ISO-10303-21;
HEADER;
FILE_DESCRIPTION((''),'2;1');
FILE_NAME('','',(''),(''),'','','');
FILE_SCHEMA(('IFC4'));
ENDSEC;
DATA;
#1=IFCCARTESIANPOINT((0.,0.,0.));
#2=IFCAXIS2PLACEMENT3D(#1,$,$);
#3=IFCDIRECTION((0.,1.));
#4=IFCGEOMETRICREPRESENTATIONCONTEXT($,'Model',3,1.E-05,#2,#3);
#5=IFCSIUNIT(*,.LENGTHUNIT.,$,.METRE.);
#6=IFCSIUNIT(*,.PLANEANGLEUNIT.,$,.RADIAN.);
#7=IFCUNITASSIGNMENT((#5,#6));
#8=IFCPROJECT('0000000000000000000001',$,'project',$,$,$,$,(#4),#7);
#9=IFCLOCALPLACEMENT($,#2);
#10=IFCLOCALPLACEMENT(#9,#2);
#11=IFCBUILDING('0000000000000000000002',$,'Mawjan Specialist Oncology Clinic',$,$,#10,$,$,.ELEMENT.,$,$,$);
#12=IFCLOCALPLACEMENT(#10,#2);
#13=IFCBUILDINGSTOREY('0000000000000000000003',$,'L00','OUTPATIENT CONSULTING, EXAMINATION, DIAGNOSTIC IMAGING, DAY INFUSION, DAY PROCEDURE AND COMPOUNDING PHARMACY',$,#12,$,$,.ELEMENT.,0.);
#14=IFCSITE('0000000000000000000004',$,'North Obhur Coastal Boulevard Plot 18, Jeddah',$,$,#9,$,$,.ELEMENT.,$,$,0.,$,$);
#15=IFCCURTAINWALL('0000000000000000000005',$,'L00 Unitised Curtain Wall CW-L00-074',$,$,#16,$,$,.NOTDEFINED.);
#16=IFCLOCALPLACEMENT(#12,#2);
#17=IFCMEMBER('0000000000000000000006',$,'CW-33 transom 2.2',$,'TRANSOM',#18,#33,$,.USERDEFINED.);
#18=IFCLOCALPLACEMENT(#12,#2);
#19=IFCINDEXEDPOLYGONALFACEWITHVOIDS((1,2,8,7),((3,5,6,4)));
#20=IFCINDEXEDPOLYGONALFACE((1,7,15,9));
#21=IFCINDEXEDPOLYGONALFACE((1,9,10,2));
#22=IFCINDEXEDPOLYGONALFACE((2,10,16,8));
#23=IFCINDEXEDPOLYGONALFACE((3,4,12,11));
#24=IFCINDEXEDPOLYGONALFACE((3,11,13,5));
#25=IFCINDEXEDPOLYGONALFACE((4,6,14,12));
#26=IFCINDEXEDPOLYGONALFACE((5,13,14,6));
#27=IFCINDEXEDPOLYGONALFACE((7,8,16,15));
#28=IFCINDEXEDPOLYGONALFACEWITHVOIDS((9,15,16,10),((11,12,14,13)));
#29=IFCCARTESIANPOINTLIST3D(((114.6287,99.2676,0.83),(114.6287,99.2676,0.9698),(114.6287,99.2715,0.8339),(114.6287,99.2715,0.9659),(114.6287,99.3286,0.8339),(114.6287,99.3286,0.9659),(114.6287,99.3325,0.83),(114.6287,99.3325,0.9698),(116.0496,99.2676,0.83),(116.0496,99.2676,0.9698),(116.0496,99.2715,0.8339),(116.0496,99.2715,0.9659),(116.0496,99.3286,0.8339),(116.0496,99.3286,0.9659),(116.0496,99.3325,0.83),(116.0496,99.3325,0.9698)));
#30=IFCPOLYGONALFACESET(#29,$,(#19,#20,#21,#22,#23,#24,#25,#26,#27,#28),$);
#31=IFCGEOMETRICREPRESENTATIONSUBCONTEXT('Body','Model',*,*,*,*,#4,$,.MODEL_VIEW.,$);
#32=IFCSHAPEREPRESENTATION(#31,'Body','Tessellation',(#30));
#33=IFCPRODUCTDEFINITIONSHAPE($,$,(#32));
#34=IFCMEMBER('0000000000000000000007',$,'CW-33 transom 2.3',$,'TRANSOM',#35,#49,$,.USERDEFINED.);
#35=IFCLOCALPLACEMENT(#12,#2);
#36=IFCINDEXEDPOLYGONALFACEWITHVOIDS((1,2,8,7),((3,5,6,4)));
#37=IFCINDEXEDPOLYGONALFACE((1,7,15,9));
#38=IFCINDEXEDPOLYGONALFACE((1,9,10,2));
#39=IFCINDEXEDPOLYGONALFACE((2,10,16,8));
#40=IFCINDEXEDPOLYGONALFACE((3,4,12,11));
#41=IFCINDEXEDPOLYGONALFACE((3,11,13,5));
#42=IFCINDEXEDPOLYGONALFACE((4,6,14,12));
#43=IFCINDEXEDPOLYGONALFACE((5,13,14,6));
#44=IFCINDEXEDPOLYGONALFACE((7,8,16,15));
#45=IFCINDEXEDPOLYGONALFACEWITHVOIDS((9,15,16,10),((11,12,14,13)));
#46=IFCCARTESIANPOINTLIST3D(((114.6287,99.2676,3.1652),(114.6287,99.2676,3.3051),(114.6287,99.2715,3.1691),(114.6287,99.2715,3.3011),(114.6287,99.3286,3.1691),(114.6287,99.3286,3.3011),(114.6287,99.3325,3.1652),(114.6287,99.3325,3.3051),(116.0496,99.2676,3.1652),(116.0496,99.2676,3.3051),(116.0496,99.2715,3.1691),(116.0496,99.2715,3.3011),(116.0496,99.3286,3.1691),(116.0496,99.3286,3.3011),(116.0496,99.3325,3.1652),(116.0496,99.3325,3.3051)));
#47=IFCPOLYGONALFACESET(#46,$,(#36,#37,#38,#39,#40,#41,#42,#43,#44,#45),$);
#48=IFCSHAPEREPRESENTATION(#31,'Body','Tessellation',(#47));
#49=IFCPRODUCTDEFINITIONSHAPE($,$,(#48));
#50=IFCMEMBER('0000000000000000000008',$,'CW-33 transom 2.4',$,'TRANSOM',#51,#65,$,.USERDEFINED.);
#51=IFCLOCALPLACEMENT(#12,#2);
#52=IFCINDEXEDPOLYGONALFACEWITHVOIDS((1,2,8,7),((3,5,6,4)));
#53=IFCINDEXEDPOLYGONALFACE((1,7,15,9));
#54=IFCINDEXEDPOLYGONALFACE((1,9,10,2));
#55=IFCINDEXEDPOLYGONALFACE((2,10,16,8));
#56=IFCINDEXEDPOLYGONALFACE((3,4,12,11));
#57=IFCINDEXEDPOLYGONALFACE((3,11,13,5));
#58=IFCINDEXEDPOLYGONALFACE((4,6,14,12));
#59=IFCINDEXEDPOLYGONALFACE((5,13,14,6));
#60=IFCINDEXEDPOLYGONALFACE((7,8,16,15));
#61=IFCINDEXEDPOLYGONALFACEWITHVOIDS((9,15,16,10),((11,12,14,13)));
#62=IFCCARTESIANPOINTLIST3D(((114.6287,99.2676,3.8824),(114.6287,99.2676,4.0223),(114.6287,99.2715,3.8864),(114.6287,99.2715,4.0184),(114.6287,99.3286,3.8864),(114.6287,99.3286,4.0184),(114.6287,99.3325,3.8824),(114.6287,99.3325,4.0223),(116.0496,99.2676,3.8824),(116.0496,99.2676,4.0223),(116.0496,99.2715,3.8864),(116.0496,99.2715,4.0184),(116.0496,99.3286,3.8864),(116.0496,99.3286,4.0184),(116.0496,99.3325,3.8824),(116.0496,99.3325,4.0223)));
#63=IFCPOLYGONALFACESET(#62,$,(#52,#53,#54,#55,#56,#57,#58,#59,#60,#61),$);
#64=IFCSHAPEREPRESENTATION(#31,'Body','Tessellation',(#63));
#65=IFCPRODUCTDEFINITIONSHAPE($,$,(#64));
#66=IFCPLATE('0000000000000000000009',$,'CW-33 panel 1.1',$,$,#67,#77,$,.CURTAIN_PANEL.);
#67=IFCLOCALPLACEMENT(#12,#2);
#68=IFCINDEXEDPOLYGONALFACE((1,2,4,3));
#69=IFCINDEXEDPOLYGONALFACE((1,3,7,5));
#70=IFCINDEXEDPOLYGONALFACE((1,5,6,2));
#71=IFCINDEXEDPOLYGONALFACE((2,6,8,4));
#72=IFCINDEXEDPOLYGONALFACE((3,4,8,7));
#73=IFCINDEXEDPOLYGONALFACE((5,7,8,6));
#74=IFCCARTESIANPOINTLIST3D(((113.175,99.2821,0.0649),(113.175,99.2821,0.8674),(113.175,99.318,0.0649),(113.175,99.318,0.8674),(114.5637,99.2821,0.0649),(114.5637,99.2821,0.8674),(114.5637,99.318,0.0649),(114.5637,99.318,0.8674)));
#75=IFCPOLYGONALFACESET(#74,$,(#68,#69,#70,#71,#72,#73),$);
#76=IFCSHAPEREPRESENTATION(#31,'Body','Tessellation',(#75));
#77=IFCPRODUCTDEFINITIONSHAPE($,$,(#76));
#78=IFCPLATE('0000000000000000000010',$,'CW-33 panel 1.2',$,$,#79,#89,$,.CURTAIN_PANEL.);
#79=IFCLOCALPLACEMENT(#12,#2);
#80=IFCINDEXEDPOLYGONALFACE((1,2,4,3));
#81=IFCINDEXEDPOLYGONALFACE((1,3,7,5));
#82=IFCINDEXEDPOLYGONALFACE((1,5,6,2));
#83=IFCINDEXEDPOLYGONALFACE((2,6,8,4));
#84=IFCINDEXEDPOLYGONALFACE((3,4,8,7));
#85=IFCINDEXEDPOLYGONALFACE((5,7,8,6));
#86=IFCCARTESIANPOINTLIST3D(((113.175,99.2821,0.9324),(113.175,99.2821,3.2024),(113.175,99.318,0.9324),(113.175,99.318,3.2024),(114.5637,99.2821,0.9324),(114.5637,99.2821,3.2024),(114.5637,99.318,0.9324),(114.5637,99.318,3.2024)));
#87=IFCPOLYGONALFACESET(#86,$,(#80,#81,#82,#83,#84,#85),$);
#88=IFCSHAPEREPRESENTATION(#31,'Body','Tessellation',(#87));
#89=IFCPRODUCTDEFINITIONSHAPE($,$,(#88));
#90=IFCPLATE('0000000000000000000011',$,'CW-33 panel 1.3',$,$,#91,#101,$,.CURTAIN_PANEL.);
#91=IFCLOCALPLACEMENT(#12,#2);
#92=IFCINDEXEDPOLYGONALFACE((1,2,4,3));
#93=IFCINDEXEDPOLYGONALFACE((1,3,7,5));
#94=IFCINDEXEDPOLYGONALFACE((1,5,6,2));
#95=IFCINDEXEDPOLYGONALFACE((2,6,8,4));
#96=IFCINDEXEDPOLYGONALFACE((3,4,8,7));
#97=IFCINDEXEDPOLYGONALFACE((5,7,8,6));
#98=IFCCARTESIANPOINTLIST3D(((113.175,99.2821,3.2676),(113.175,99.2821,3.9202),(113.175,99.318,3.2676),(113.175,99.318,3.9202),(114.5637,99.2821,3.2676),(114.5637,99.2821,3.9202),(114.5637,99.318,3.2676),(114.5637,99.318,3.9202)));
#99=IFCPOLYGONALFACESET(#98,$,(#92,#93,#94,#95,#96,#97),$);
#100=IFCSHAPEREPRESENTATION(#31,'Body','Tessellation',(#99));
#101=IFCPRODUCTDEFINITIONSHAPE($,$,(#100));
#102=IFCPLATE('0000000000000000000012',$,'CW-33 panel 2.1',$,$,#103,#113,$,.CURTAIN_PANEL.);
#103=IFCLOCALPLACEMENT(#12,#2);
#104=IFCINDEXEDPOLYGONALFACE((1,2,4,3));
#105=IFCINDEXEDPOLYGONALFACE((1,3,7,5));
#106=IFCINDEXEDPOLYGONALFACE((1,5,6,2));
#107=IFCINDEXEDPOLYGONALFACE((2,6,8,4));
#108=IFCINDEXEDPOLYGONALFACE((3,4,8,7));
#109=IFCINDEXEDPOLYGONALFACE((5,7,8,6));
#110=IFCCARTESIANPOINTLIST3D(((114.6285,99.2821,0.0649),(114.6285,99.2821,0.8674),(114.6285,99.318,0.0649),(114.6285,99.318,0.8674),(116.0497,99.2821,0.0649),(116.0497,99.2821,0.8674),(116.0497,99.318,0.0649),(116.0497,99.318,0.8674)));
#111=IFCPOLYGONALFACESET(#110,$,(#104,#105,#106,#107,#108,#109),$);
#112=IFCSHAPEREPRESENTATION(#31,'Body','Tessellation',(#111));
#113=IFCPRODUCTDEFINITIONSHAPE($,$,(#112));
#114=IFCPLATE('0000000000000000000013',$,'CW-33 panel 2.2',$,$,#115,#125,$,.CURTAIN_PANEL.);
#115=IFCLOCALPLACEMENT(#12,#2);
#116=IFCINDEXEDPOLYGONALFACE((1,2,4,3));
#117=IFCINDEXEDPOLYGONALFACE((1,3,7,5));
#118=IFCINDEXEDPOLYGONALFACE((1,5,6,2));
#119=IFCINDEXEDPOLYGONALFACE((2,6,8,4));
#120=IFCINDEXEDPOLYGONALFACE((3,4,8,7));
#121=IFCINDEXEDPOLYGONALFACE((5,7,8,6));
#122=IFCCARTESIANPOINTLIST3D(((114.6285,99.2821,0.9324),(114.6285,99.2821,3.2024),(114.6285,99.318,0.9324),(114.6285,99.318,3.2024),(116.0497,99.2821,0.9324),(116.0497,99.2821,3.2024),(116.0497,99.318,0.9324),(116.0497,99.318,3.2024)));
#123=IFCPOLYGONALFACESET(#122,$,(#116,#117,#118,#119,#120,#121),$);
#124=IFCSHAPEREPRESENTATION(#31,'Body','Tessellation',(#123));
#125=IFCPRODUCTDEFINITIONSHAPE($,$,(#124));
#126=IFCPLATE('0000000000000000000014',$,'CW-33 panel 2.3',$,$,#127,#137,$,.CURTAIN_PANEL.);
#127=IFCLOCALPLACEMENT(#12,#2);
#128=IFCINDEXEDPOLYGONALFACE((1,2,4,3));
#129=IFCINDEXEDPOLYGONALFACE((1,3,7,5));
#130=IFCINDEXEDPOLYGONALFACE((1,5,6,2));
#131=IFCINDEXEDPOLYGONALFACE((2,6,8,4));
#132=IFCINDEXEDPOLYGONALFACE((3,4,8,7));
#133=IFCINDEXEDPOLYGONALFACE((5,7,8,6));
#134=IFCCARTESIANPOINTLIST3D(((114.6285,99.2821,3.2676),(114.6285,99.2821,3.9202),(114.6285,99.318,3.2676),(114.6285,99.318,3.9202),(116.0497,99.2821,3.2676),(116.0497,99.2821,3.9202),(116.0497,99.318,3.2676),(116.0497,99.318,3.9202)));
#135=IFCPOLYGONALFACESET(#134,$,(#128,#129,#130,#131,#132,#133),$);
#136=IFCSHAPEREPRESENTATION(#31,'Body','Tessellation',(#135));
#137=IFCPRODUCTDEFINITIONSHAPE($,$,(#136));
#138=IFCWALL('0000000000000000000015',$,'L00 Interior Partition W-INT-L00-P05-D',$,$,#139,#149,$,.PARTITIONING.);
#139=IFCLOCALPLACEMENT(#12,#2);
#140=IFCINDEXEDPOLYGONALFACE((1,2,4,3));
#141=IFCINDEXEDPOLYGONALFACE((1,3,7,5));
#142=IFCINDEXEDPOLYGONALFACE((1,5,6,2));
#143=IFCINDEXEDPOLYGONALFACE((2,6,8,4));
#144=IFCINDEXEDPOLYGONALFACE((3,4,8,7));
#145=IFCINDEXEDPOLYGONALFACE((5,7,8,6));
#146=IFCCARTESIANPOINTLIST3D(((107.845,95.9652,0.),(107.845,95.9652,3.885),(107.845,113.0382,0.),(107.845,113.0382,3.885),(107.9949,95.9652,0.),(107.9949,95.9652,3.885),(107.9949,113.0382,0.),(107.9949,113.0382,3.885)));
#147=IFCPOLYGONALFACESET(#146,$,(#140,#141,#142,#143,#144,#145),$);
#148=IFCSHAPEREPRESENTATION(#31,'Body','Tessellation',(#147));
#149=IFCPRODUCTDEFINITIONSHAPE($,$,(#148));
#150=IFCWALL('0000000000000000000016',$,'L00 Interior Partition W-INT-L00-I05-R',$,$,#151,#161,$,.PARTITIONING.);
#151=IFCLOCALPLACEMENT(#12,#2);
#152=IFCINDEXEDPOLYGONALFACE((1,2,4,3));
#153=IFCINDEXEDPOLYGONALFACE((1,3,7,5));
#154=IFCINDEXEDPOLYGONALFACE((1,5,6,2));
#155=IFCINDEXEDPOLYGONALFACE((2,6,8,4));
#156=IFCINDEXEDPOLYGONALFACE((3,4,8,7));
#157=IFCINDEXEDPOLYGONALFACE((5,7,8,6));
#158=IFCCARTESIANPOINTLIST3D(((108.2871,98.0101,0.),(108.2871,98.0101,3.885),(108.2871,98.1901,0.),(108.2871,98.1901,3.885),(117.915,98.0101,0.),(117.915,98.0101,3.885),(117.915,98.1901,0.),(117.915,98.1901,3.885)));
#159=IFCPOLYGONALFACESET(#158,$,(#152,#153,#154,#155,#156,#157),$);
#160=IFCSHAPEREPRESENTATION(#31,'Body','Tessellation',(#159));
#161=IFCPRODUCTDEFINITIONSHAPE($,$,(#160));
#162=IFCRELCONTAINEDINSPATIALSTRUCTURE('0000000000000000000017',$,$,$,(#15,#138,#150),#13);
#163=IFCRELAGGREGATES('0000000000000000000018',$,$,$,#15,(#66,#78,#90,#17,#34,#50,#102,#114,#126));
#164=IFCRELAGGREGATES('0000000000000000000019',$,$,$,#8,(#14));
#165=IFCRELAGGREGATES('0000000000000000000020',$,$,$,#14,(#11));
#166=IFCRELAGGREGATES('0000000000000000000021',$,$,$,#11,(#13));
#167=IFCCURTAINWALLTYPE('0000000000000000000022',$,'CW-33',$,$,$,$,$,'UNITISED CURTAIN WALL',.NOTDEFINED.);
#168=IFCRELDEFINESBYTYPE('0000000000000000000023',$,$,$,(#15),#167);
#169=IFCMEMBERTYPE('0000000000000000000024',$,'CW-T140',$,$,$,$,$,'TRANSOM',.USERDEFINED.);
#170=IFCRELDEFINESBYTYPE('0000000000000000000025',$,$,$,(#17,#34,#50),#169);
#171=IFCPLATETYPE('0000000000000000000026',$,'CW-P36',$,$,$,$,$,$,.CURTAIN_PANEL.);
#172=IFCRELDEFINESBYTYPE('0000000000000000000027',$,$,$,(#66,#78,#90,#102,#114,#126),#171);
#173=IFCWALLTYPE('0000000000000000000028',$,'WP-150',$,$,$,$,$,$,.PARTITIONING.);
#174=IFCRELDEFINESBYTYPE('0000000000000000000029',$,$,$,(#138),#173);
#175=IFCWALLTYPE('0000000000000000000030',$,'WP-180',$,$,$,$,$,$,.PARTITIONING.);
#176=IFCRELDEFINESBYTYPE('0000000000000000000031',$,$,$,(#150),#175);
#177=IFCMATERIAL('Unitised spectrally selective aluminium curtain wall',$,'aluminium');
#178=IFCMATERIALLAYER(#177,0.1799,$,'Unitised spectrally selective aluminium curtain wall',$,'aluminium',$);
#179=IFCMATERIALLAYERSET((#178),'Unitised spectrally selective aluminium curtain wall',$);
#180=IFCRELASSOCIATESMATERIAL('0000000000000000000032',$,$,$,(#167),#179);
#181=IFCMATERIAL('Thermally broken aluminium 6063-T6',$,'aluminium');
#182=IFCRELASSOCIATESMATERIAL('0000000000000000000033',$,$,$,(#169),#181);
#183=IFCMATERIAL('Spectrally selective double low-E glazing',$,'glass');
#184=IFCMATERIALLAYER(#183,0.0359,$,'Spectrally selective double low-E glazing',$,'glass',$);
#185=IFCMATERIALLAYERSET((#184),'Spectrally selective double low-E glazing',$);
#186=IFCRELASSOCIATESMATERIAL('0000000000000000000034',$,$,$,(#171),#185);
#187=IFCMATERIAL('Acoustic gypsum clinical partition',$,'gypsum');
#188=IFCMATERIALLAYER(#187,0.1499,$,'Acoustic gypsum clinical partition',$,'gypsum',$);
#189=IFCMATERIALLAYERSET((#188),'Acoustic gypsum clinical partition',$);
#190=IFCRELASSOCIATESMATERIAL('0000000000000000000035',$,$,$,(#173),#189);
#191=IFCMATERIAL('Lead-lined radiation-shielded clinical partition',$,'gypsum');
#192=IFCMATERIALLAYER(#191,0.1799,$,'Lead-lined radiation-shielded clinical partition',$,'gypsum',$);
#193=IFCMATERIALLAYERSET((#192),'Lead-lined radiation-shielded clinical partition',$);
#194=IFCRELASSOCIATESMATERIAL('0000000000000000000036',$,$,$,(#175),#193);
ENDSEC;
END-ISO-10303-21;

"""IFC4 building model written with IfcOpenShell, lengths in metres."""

from ifc_helpers import new_model, si_unit, direction, frame, frame_2d, origin, origin_2d, place, context, subcontext, project, spatial, rectangle, hollow_rectangle, extrude, material, layer, layer_set, material_profile, profile_set, type_object, element, aggregate, save


model = new_model("IFC4")

# Units and contexts
model_context = context("Model", 3, precision=1e-05, world=origin(), true_north=direction((0.0, 1.0)))
body_context = subcontext(model_context, "Body", "Model", "MODEL_VIEW")
ifc_project = project(units=[si_unit("LENGTHUNIT", "METRE"), si_unit("PLANEANGLEUNIT", "RADIAN")], contexts=[model_context])

# Site, building, storey
site_placement = place(None, origin())
site = spatial("IfcSite", under=ifc_project, at=site_placement, Name="North Obhur Coastal Boulevard Plot 18, Jeddah", CompositionType="ELEMENT", RefElevation=0.0)
building_placement = place(site_placement, origin())
building = spatial("IfcBuilding", under=site, at=building_placement, Name="Mawjan Specialist Oncology Clinic", CompositionType="ELEMENT")
storey_placement = place(building_placement, origin())
storey = spatial("IfcBuildingStorey", under=building, at=storey_placement, Name="L00", Description="OUTPATIENT CONSULTING, EXAMINATION, DIAGNOSTIC IMAGING, DAY INFUSION, DAY PROCEDURE AND COMPOUNDING PHARMACY", CompositionType="ELEMENT", Elevation=0.0)

# Curtain wall, members, plates
ifc_material_1 = material(Name="Unitised spectrally selective aluminium curtain wall", Category="aluminium")
ifc_layer_1 = layer(ifc_material_1, 0.1799, Name="Unitised spectrally selective aluminium curtain wall", Category="aluminium")
ifc_layer_set_1 = layer_set([ifc_layer_1], Name="Unitised spectrally selective aluminium curtain wall")
curtain_wall_type = type_object("IfcCurtainWallType", Name="CW-33", ElementType="UNITISED CURTAIN WALL", PredefinedType="NOTDEFINED", material=ifc_layer_set_1)
curtain_wall_placement = place(storey_placement, origin())
curtain_wall = element("IfcCurtainWall", 1, at=curtain_wall_placement, inside=storey, type_object=curtain_wall_type, Name="L00 Unitised Curtain Wall CW-L00-074", PredefinedType="NOTDEFINED")
ifc_material_2 = material(Name="Thermally broken aluminium 6063-T6", Category="aluminium")
ifc_material_profile_1 = material_profile(ifc_material_2, hollow_rectangle(XDim=0.0649, YDim=0.1399, WallThickness=0.0039, at=origin_2d()), Name="ALU TRANSOM 140x65x4", Category="aluminium")
ifc_profile_set_1 = profile_set([ifc_material_profile_1], Name="Thermally broken aluminium 6063-T6")
member_type_1 = type_object("IfcMemberType", Name="CW-T140", ElementType="TRANSOM", PredefinedType="USERDEFINED", material=ifc_profile_set_1)
member_1_placement = place(storey_placement, frame((114.6287, 99.3, 0.8999), z_axis=(1.0, 0.0, 0.0), x_axis=(0.0, 1.0, 0.0)))
member_1 = element("IfcMember", 2, at=member_1_placement, type_object=member_type_1, Name="CW-33 transom 2.2", ObjectType="TRANSOM", PredefinedType="USERDEFINED", context=body_context, shape_type="SweptSolid", body=[
    extrude(hollow_rectangle(XDim=0.0649, YDim=0.1399, WallThickness=0.0039, at=origin_2d()), origin(), (0.0, 0.0, 1.0), 1.4209),
])
member_2_placement = place(storey_placement, frame((114.6287, 99.3, 3.2351), z_axis=(1.0, 0.0, 0.0), x_axis=(0.0, 1.0, 0.0)))
member_2 = element("IfcMember", 3, at=member_2_placement, type_object=member_type_1, Name="CW-33 transom 2.3", ObjectType="TRANSOM", PredefinedType="USERDEFINED", context=body_context, shape_type="SweptSolid", body=[
    extrude(hollow_rectangle(XDim=0.0649, YDim=0.1399, WallThickness=0.0039, at=origin_2d()), origin(), (0.0, 0.0, 1.0), 1.4209),
])
member_3_placement = place(storey_placement, frame((114.6287, 99.3, 3.9524), z_axis=(1.0, 0.0, 0.0), x_axis=(0.0, 1.0, 0.0)))
member_3 = element("IfcMember", 4, at=member_3_placement, type_object=member_type_1, Name="CW-33 transom 2.4", ObjectType="TRANSOM", PredefinedType="USERDEFINED", context=body_context, shape_type="SweptSolid", body=[
    extrude(hollow_rectangle(XDim=0.0649, YDim=0.1399, WallThickness=0.0039, at=origin_2d()), origin(), (0.0, 0.0, 1.0), 1.4209),
])
ifc_material_3 = material(Name="Spectrally selective double low-E glazing", Category="glass")
ifc_layer_2 = layer(ifc_material_3, 0.0359, Name="Spectrally selective double low-E glazing", Category="glass")
ifc_layer_set_2 = layer_set([ifc_layer_2], Name="Spectrally selective double low-E glazing")
plate_type = type_object("IfcPlateType", Name="CW-P36", PredefinedType="CURTAIN_PANEL", material=ifc_layer_set_2)
plate_1_placement = place(storey_placement, frame((113.8694, 99.3, 0.0649), z_axis=(0.0, 0.0, 1.0), x_axis=(1.0, 0.0, 0.0)))
plate_1 = element("IfcPlate", 5, at=plate_1_placement, type_object=plate_type, Name="CW-33 panel 1.1", PredefinedType="CURTAIN_PANEL", context=body_context, shape_type="SweptSolid", body=[
    extrude(rectangle(XDim=1.3887, YDim=0.0359, at=origin_2d()), origin(), (0.0, 0.0, 1.0), 0.8025),
])
plate_2_placement = place(storey_placement, frame((113.8694, 99.3, 0.9324), z_axis=(0.0, 0.0, 1.0), x_axis=(1.0, 0.0, 0.0)))
plate_2 = element("IfcPlate", 6, at=plate_2_placement, type_object=plate_type, Name="CW-33 panel 1.2", PredefinedType="CURTAIN_PANEL", context=body_context, shape_type="SweptSolid", body=[
    extrude(rectangle(XDim=1.3887, YDim=0.0359, at=origin_2d()), origin(), (0.0, 0.0, 1.0), 2.27),
])
plate_3_placement = place(storey_placement, frame((113.8694, 99.3, 3.2676), z_axis=(0.0, 0.0, 1.0), x_axis=(1.0, 0.0, 0.0)))
plate_3 = element("IfcPlate", 7, at=plate_3_placement, type_object=plate_type, Name="CW-33 panel 1.3", PredefinedType="CURTAIN_PANEL", context=body_context, shape_type="SweptSolid", body=[
    extrude(rectangle(XDim=1.3887, YDim=0.0359, at=origin_2d()), origin(), (0.0, 0.0, 1.0), 0.6526),
])
plate_4_placement = place(storey_placement, frame((115.3391, 99.3, 0.0649), z_axis=(0.0, 0.0, 1.0), x_axis=(1.0, 0.0, 0.0)))
plate_4 = element("IfcPlate", 8, at=plate_4_placement, type_object=plate_type, Name="CW-33 panel 2.1", PredefinedType="CURTAIN_PANEL", context=body_context, shape_type="SweptSolid", body=[
    extrude(rectangle(XDim=1.4211, YDim=0.0359, at=origin_2d()), origin(), (0.0, 0.0, 1.0), 0.8025),
])
plate_5_placement = place(storey_placement, frame((115.3391, 99.3, 0.9324), z_axis=(0.0, 0.0, 1.0), x_axis=(1.0, 0.0, 0.0)))
plate_5 = element("IfcPlate", 9, at=plate_5_placement, type_object=plate_type, Name="CW-33 panel 2.2", PredefinedType="CURTAIN_PANEL", context=body_context, shape_type="SweptSolid", body=[
    extrude(rectangle(XDim=1.4211, YDim=0.0359, at=origin_2d()), origin(), (0.0, 0.0, 1.0), 2.27),
])
plate_6_placement = place(storey_placement, frame((115.3391, 99.3, 3.2676), z_axis=(0.0, 0.0, 1.0), x_axis=(1.0, 0.0, 0.0)))
plate_6 = element("IfcPlate", 10, at=plate_6_placement, type_object=plate_type, Name="CW-33 panel 2.3", PredefinedType="CURTAIN_PANEL", context=body_context, shape_type="SweptSolid", body=[
    extrude(rectangle(XDim=1.4211, YDim=0.0359, at=origin_2d()), origin(), (0.0, 0.0, 1.0), 0.6526),
])
aggregate(curtain_wall, [plate_1, plate_2, plate_3, member_1, member_2, member_3, plate_4, plate_5, plate_6])

# Walls
ifc_material_4 = material(Name="Acoustic gypsum clinical partition", Category="gypsum")
ifc_layer_3 = layer(ifc_material_4, 0.1499, Name="Acoustic gypsum clinical partition", Category="gypsum")
ifc_layer_set_3 = layer_set([ifc_layer_3], Name="Acoustic gypsum clinical partition")
wall_type_1 = type_object("IfcWallType", Name="WP-150", PredefinedType="PARTITIONING", material=ifc_layer_set_3)
wall_1_placement = place(storey_placement, frame((107.9199, 95.9651, 0.0), z_axis=(0.0, 0.0, 1.0), x_axis=(0.0, 1.0, 0.0)))
element("IfcWall", 11, at=wall_1_placement, inside=storey, type_object=wall_type_1, Name="L00 Interior Partition W-INT-L00-P05-D", PredefinedType="PARTITIONING", context=body_context, shape_type="SweptSolid", body=[
    extrude(rectangle(XDim=17.073, YDim=0.1499, at=frame_2d((8.5366, 0.0))), origin(), (0.0, 0.0, 1.0), 3.885),
])
ifc_material_5 = material(Name="Lead-lined radiation-shielded clinical partition", Category="gypsum")
ifc_layer_4 = layer(ifc_material_5, 0.1799, Name="Lead-lined radiation-shielded clinical partition", Category="gypsum")
ifc_layer_set_4 = layer_set([ifc_layer_4], Name="Lead-lined radiation-shielded clinical partition")
wall_type_2 = type_object("IfcWallType", Name="WP-180", PredefinedType="PARTITIONING", material=ifc_layer_set_4)
wall_2_placement = place(storey_placement, frame((108.2871, 98.1001, 0.0), z_axis=(0.0, 0.0, 1.0), x_axis=(1.0, 0.0, 0.0)))
element("IfcWall", 12, at=wall_2_placement, inside=storey, type_object=wall_type_2, Name="L00 Interior Partition W-INT-L00-I05-R", PredefinedType="PARTITIONING", context=body_context, shape_type="SweptSolid", body=[
    extrude(rectangle(XDim=9.6279, YDim=0.1799, at=frame_2d((4.814, 0.0))), origin(), (0.0, 0.0, 1.0), 3.885),
])

save(model, "model.ifc")
